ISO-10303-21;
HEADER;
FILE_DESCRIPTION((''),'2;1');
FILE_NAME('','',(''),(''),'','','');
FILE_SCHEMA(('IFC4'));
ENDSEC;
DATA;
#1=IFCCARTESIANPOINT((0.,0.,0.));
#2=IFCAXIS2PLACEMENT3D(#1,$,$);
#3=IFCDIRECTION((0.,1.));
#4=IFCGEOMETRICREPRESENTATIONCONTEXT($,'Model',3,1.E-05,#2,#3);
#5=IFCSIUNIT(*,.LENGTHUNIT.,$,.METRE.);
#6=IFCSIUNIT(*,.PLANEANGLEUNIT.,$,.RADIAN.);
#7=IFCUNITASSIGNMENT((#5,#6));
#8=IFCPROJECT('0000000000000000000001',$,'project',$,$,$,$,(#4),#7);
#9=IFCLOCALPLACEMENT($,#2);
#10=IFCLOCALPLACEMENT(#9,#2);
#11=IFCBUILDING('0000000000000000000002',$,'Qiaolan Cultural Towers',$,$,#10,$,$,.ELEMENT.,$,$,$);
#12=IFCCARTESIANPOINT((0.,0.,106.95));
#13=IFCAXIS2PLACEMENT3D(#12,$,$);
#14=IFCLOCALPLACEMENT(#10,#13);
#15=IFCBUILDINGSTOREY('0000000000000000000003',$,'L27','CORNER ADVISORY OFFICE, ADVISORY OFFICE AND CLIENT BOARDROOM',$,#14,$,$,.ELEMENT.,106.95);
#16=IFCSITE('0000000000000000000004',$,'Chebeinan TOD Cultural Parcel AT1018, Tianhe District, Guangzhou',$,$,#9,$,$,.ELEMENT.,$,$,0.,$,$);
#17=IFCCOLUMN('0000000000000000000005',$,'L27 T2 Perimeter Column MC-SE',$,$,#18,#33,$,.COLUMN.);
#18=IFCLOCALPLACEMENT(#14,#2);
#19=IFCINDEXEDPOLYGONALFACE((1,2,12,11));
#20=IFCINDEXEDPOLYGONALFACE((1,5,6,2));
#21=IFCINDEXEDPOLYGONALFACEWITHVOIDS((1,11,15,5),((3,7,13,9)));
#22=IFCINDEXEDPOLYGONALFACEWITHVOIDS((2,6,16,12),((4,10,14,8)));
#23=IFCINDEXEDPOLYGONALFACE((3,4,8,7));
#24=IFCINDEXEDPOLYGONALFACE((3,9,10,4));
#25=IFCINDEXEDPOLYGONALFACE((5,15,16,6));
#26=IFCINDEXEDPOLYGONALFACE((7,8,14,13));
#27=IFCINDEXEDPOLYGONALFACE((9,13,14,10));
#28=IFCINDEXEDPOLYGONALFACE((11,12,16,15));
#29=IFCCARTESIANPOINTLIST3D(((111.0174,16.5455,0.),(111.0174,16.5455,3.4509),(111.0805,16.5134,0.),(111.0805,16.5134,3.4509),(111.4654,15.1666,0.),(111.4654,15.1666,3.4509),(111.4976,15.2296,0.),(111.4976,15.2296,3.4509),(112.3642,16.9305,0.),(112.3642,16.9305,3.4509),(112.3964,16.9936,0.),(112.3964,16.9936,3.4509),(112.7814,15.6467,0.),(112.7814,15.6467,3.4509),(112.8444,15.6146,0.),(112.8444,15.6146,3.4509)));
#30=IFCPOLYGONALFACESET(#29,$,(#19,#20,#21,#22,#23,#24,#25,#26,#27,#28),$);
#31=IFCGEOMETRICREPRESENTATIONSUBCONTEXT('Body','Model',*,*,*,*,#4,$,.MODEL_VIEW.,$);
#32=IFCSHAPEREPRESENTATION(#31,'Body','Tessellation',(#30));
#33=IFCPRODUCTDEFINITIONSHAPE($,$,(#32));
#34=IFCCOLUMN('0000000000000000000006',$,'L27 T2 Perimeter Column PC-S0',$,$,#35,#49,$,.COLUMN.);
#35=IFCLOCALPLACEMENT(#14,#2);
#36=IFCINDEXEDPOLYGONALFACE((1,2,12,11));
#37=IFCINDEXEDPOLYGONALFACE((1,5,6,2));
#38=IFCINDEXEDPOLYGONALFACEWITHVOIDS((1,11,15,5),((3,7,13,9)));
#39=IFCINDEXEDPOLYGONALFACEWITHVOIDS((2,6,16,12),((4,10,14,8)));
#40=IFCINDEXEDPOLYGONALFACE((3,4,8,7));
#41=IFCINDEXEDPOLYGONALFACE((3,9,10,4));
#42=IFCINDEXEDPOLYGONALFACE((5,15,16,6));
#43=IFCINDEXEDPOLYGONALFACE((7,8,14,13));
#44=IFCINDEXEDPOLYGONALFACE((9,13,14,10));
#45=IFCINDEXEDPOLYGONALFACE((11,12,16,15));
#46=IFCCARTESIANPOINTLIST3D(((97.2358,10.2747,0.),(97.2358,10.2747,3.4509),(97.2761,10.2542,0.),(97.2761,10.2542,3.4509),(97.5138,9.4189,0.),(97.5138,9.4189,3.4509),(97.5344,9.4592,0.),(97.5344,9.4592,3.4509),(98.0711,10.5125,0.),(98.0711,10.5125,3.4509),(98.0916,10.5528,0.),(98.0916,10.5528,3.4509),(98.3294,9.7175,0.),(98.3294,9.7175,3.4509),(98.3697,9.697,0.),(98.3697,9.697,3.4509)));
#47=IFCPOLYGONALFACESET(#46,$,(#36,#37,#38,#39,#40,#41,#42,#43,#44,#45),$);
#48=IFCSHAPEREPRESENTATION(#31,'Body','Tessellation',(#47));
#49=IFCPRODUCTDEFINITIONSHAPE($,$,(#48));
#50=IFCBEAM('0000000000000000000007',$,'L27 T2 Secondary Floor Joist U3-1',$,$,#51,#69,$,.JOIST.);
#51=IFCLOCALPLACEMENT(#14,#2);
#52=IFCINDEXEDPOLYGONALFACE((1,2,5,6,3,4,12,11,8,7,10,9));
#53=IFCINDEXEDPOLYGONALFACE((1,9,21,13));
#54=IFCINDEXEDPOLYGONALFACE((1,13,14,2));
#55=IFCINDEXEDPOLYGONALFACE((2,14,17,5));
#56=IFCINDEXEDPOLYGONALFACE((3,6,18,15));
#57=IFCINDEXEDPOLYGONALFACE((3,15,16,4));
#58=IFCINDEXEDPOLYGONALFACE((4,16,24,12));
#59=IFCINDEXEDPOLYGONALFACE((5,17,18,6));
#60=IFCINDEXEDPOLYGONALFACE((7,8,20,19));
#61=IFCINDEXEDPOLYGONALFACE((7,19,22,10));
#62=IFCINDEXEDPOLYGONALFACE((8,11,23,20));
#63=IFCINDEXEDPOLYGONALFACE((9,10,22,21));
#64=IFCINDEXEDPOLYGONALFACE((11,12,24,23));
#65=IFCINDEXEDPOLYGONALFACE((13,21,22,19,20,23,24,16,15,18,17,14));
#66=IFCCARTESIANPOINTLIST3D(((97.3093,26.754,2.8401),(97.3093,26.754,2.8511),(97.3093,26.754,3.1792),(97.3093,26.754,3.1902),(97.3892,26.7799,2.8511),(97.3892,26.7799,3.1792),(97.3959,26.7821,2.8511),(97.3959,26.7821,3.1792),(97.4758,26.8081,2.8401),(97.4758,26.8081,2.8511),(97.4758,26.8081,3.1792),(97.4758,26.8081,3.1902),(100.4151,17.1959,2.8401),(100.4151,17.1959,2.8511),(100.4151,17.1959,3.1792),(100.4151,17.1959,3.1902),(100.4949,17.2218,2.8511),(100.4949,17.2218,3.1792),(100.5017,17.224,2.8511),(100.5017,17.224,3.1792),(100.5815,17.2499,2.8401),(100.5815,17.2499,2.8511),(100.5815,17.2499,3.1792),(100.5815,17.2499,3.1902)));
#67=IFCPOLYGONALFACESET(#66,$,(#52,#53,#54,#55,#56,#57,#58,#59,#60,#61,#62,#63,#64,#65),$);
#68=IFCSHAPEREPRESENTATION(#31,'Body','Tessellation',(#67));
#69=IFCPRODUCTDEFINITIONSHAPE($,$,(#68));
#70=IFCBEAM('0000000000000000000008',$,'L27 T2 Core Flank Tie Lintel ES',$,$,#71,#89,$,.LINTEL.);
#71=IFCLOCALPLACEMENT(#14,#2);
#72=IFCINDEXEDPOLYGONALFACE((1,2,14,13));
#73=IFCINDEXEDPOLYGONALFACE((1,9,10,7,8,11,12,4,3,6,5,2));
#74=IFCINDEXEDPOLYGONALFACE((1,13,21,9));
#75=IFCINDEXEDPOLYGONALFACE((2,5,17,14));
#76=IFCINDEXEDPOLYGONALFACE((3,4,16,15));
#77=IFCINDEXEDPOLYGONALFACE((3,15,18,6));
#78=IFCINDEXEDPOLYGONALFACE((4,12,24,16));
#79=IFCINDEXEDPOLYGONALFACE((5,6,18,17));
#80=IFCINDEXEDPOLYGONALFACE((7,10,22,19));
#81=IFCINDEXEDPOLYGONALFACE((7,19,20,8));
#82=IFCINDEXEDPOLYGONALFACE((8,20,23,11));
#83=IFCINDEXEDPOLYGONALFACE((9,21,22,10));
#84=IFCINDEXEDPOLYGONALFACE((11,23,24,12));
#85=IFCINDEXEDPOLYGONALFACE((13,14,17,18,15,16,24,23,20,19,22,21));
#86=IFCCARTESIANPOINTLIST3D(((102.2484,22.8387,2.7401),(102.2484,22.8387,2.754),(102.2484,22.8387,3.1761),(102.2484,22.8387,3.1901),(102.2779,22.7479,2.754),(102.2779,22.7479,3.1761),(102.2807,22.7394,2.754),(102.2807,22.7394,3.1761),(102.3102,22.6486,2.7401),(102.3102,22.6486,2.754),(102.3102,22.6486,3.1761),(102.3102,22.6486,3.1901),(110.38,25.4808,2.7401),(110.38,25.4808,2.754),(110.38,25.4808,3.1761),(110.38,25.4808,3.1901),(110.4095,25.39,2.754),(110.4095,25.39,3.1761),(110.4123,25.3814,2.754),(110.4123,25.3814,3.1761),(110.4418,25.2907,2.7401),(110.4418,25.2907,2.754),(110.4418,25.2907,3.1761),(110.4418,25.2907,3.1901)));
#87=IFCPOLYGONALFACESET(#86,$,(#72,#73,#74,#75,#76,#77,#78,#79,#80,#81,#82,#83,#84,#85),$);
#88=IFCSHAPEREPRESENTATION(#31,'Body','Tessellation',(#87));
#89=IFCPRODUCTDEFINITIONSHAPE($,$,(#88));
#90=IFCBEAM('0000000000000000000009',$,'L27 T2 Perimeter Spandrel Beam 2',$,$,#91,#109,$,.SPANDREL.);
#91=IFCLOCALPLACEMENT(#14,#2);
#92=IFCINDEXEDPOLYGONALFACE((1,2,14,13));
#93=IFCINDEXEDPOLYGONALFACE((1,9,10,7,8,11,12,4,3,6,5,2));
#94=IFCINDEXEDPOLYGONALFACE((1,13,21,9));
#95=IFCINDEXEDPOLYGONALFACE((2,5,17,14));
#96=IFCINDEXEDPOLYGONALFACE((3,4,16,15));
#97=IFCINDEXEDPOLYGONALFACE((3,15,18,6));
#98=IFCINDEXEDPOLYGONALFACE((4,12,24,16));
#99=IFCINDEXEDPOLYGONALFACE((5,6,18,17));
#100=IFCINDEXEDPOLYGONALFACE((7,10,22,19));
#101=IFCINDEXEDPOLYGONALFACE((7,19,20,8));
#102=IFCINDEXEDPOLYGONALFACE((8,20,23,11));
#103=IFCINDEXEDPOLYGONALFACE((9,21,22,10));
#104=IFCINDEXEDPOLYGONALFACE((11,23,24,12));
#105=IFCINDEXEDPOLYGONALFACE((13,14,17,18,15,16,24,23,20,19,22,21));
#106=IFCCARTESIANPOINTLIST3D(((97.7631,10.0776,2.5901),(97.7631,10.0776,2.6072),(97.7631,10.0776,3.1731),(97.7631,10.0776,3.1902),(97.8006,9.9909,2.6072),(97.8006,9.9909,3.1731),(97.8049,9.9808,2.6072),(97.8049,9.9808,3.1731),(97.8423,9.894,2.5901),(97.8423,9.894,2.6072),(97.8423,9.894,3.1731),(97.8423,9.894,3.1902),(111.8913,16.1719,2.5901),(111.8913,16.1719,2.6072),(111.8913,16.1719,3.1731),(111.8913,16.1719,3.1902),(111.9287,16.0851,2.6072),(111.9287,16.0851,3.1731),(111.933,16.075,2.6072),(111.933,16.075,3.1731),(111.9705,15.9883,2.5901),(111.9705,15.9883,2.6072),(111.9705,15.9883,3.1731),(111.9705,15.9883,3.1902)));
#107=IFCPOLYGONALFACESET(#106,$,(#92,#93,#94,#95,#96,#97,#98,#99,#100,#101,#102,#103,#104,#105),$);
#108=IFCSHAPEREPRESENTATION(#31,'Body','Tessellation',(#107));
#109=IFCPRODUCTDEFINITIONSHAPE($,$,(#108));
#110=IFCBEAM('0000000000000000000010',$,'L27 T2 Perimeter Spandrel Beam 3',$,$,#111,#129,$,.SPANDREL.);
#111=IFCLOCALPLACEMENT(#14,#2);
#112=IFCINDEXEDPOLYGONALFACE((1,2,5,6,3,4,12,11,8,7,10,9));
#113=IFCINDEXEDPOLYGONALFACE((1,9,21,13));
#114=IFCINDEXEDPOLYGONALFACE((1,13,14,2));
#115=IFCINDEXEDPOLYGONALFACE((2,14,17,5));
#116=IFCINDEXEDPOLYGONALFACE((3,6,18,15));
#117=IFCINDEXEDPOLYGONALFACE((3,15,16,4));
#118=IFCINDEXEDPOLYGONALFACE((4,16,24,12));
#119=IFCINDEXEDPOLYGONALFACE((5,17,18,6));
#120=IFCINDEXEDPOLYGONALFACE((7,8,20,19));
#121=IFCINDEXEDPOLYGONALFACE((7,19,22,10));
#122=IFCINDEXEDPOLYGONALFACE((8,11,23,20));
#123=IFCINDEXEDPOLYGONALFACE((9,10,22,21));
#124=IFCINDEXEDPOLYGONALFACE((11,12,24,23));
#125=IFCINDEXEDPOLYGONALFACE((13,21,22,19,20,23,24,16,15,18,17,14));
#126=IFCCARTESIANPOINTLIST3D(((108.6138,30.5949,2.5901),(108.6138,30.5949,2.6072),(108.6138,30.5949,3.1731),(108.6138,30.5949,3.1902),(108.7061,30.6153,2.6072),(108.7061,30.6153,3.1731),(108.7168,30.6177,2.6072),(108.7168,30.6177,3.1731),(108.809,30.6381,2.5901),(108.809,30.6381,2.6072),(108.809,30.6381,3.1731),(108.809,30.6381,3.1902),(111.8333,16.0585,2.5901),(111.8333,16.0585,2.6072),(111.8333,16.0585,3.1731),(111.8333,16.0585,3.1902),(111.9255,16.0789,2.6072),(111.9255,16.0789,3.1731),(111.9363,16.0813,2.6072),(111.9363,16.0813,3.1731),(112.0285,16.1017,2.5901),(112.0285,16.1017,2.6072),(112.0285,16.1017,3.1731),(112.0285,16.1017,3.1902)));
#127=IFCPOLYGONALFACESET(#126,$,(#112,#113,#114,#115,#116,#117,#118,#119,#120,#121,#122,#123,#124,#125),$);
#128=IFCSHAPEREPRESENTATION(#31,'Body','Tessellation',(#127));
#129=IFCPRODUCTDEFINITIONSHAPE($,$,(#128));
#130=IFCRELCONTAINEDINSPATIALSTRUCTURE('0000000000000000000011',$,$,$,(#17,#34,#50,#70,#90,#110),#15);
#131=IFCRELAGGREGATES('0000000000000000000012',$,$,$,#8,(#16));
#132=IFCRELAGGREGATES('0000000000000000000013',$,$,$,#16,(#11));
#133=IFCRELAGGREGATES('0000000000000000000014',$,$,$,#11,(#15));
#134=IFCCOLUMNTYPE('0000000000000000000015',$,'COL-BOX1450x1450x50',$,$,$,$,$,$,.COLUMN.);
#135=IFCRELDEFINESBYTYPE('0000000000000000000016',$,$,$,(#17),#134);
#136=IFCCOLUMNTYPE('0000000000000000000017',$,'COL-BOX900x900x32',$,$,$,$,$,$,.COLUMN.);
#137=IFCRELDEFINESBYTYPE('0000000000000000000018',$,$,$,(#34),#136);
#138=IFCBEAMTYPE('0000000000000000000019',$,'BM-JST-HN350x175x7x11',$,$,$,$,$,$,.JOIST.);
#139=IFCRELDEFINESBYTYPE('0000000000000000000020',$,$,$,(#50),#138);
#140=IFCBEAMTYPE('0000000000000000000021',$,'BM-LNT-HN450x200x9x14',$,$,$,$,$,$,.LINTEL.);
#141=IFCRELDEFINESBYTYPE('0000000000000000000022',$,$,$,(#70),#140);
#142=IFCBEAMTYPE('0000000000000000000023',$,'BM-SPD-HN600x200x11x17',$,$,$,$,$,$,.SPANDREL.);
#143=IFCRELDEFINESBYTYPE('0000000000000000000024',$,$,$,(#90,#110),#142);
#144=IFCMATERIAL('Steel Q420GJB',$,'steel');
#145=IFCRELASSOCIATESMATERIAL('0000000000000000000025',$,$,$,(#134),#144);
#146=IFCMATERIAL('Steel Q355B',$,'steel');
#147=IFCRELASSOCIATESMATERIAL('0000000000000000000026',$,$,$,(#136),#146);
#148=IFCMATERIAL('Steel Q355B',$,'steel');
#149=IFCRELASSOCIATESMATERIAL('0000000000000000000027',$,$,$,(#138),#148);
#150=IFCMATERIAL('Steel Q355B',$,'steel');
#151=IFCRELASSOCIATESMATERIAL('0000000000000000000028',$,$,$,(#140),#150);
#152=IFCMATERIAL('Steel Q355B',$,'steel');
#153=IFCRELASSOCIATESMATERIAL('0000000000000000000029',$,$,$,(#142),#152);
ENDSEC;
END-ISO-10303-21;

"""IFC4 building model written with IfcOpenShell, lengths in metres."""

from ifc_helpers import new_model, si_unit, direction, frame, origin, origin_2d, place, context, subcontext, project, spatial, hollow_rectangle, i_section, extrude, material, material_profile, profile_set, type_object, element, save


model = new_model("IFC4")

# Units and contexts
model_context = context("Model", 3, precision=1e-05, world=origin(), true_north=direction((0.0, 1.0)))
body_context = subcontext(model_context, "Body", "Model", "MODEL_VIEW")
ifc_project = project(units=[si_unit("LENGTHUNIT", "METRE"), si_unit("PLANEANGLEUNIT", "RADIAN")], contexts=[model_context])

# Site, building, storey
site_placement = place(None, origin())
site = spatial("IfcSite", under=ifc_project, at=site_placement, Name="Chebeinan TOD Cultural Parcel AT1018, Tianhe District, Guangzhou", CompositionType="ELEMENT", RefElevation=0.0)
building_placement = place(site_placement, origin())
building = spatial("IfcBuilding", under=site, at=building_placement, Name="Qiaolan Cultural Towers", CompositionType="ELEMENT")
storey_placement = place(building_placement, frame((0.0, 0.0, 106.95)))
storey = spatial("IfcBuildingStorey", under=building, at=storey_placement, Name="L27", Description="CORNER ADVISORY OFFICE, ADVISORY OFFICE AND CLIENT BOARDROOM", CompositionType="ELEMENT", Elevation=106.95)

# Columns
ifc_material_1 = material(Name="Steel Q420GJB", Category="steel")
ifc_material_profile_1 = material_profile(ifc_material_1, hollow_rectangle(XDim=1.45, YDim=1.45, WallThickness=0.05, at=origin_2d()), Name="BOX1450x1450x50")
ifc_profile_set_1 = profile_set([ifc_material_profile_1], Name="Steel Q420GJB")
column_type_1 = type_object("IfcColumnType", Name="COL-BOX1450x1450x50", PredefinedType="COLUMN", material=ifc_profile_set_1)
column_1_placement = place(storey_placement, frame((111.9309, 16.0801, 0.0), z_axis=(0.0, 0.0, 1.0), x_axis=(0.951057, 0.309017, 0.0)))
element("IfcColumn", 1, at=column_1_placement, inside=storey, type_object=column_type_1, Name="L27 T2 Perimeter Column MC-SE", PredefinedType="COLUMN", context=body_context, shape_type="SweptSolid", body=[
    extrude(hollow_rectangle(XDim=1.45, YDim=1.45, WallThickness=0.05, at=origin_2d()), origin(), (0.0, 0.0, 1.0), 3.4509),
])
ifc_material_2 = material(Name="Steel Q355B", Category="steel")
ifc_material_profile_2 = material_profile(ifc_material_2, hollow_rectangle(XDim=0.8999, YDim=0.8999, WallThickness=0.032, at=origin_2d()), Name="BOX900x900x32")
ifc_profile_set_2 = profile_set([ifc_material_profile_2], Name="Steel Q355B")
column_type_2 = type_object("IfcColumnType", Name="COL-BOX900x900x32", PredefinedType="COLUMN", material=ifc_profile_set_2)
column_2_placement = place(storey_placement, frame((97.8027, 9.9858, 0.0), z_axis=(0.0, 0.0, 1.0), x_axis=(0.951057, 0.309017, 0.0)))
element("IfcColumn", 2, at=column_2_placement, inside=storey, type_object=column_type_2, Name="L27 T2 Perimeter Column PC-S0", PredefinedType="COLUMN", context=body_context, shape_type="SweptSolid", body=[
    extrude(hollow_rectangle(XDim=0.8999, YDim=0.8999, WallThickness=0.032, at=origin_2d()), origin(), (0.0, 0.0, 1.0), 3.4509),
])

# Beams
ifc_material_3 = material(Name="Steel Q355B", Category="steel")
ifc_material_profile_3 = material_profile(ifc_material_3, i_section(OverallWidth=0.175, OverallDepth=0.3501, WebThickness=0.0071, FlangeThickness=0.011, at=origin_2d()), Name="HN350x175x7x11")
ifc_profile_set_3 = profile_set([ifc_material_profile_3], Name="Steel Q355B")
beam_type_1 = type_object("IfcBeamType", Name="BM-JST-HN350x175x7x11", PredefinedType="JOIST", material=ifc_profile_set_3)
beam_1_placement = place(storey_placement, frame((100.4983, 17.2229, 3.0151), z_axis=(-0.309026, 0.951054, 0.0), x_axis=(-0.951054, -0.309026, 0.0)))
element("IfcBeam", 3, at=beam_1_placement, inside=storey, type_object=beam_type_1, Name="L27 T2 Secondary Floor Joist U3-1", PredefinedType="JOIST", context=body_context, shape_type="SweptSolid", body=[
    extrude(i_section(OverallWidth=0.175, OverallDepth=0.3501, WebThickness=0.0071, FlangeThickness=0.011, at=origin_2d()), origin(), (0.0, 0.0, 1.0), 10.05),
])
ifc_material_4 = material(Name="Steel Q355B", Category="steel")
ifc_material_profile_4 = material_profile(ifc_material_4, i_section(OverallWidth=0.2, OverallDepth=0.45, WebThickness=0.009, FlangeThickness=0.0139, at=origin_2d()), Name="HN450x200x9x14")
ifc_profile_set_4 = profile_set([ifc_material_profile_4], Name="Steel Q355B")
beam_type_2 = type_object("IfcBeamType", Name="BM-LNT-HN450x200x9x14", PredefinedType="LINTEL", material=ifc_profile_set_4)
beam_2_placement = place(storey_placement, frame((102.2793, 22.7437, 2.9651), z_axis=(0.951057, 0.309014, 0.0), x_axis=(-0.309014, 0.951057, 0.0)))
element("IfcBeam", 4, at=beam_2_placement, inside=storey, type_object=beam_type_2, Name="L27 T2 Core Flank Tie Lintel ES", PredefinedType="LINTEL", context=body_context, shape_type="SweptSolid", body=[
    extrude(i_section(OverallWidth=0.2, OverallDepth=0.45, WebThickness=0.009, FlangeThickness=0.0139, at=origin_2d()), origin(), (0.0, 0.0, 1.0), 8.55),
])
ifc_material_5 = material(Name="Steel Q355B", Category="steel")
ifc_material_profile_5 = material_profile(ifc_material_5, i_section(OverallWidth=0.2, OverallDepth=0.6001, WebThickness=0.011, FlangeThickness=0.0171, at=origin_2d()), Name="HN600x200x11x17")
ifc_profile_set_5 = profile_set([ifc_material_profile_5], Name="Steel Q355B")
beam_type_3 = type_object("IfcBeamType", Name="BM-SPD-HN600x200x11x17", PredefinedType="SPANDREL", material=ifc_profile_set_5)
beam_3_placement = place(storey_placement, frame((97.8027, 9.9858, 2.8901), z_axis=(0.918218, 0.396076, 0.0), x_axis=(-0.396076, 0.918218, 0.0)))
element("IfcBeam", 5, at=beam_3_placement, inside=storey, type_object=beam_type_3, Name="L27 T2 Perimeter Spandrel Beam 2", PredefinedType="SPANDREL", context=body_context, shape_type="SweptSolid", body=[
    extrude(i_section(OverallWidth=0.2, OverallDepth=0.6001, WebThickness=0.011, FlangeThickness=0.0171, at=origin_2d()), origin(), (0.0, 0.0, 1.0), 15.3865),
])
beam_4_placement = place(storey_placement, frame((111.9309, 16.0801, 2.8901), z_axis=(-0.216238, 0.976341, 0.0), x_axis=(-0.976341, -0.216238, 0.0)))
element("IfcBeam", 6, at=beam_4_placement, inside=storey, type_object=beam_type_3, Name="L27 T2 Perimeter Spandrel Beam 3", PredefinedType="SPANDREL", context=body_context, shape_type="SweptSolid", body=[
    extrude(i_section(OverallWidth=0.2, OverallDepth=0.6001, WebThickness=0.011, FlangeThickness=0.0171, at=origin_2d()), origin(), (0.0, 0.0, 1.0), 14.8887),
])

save(model, "model.ifc")
